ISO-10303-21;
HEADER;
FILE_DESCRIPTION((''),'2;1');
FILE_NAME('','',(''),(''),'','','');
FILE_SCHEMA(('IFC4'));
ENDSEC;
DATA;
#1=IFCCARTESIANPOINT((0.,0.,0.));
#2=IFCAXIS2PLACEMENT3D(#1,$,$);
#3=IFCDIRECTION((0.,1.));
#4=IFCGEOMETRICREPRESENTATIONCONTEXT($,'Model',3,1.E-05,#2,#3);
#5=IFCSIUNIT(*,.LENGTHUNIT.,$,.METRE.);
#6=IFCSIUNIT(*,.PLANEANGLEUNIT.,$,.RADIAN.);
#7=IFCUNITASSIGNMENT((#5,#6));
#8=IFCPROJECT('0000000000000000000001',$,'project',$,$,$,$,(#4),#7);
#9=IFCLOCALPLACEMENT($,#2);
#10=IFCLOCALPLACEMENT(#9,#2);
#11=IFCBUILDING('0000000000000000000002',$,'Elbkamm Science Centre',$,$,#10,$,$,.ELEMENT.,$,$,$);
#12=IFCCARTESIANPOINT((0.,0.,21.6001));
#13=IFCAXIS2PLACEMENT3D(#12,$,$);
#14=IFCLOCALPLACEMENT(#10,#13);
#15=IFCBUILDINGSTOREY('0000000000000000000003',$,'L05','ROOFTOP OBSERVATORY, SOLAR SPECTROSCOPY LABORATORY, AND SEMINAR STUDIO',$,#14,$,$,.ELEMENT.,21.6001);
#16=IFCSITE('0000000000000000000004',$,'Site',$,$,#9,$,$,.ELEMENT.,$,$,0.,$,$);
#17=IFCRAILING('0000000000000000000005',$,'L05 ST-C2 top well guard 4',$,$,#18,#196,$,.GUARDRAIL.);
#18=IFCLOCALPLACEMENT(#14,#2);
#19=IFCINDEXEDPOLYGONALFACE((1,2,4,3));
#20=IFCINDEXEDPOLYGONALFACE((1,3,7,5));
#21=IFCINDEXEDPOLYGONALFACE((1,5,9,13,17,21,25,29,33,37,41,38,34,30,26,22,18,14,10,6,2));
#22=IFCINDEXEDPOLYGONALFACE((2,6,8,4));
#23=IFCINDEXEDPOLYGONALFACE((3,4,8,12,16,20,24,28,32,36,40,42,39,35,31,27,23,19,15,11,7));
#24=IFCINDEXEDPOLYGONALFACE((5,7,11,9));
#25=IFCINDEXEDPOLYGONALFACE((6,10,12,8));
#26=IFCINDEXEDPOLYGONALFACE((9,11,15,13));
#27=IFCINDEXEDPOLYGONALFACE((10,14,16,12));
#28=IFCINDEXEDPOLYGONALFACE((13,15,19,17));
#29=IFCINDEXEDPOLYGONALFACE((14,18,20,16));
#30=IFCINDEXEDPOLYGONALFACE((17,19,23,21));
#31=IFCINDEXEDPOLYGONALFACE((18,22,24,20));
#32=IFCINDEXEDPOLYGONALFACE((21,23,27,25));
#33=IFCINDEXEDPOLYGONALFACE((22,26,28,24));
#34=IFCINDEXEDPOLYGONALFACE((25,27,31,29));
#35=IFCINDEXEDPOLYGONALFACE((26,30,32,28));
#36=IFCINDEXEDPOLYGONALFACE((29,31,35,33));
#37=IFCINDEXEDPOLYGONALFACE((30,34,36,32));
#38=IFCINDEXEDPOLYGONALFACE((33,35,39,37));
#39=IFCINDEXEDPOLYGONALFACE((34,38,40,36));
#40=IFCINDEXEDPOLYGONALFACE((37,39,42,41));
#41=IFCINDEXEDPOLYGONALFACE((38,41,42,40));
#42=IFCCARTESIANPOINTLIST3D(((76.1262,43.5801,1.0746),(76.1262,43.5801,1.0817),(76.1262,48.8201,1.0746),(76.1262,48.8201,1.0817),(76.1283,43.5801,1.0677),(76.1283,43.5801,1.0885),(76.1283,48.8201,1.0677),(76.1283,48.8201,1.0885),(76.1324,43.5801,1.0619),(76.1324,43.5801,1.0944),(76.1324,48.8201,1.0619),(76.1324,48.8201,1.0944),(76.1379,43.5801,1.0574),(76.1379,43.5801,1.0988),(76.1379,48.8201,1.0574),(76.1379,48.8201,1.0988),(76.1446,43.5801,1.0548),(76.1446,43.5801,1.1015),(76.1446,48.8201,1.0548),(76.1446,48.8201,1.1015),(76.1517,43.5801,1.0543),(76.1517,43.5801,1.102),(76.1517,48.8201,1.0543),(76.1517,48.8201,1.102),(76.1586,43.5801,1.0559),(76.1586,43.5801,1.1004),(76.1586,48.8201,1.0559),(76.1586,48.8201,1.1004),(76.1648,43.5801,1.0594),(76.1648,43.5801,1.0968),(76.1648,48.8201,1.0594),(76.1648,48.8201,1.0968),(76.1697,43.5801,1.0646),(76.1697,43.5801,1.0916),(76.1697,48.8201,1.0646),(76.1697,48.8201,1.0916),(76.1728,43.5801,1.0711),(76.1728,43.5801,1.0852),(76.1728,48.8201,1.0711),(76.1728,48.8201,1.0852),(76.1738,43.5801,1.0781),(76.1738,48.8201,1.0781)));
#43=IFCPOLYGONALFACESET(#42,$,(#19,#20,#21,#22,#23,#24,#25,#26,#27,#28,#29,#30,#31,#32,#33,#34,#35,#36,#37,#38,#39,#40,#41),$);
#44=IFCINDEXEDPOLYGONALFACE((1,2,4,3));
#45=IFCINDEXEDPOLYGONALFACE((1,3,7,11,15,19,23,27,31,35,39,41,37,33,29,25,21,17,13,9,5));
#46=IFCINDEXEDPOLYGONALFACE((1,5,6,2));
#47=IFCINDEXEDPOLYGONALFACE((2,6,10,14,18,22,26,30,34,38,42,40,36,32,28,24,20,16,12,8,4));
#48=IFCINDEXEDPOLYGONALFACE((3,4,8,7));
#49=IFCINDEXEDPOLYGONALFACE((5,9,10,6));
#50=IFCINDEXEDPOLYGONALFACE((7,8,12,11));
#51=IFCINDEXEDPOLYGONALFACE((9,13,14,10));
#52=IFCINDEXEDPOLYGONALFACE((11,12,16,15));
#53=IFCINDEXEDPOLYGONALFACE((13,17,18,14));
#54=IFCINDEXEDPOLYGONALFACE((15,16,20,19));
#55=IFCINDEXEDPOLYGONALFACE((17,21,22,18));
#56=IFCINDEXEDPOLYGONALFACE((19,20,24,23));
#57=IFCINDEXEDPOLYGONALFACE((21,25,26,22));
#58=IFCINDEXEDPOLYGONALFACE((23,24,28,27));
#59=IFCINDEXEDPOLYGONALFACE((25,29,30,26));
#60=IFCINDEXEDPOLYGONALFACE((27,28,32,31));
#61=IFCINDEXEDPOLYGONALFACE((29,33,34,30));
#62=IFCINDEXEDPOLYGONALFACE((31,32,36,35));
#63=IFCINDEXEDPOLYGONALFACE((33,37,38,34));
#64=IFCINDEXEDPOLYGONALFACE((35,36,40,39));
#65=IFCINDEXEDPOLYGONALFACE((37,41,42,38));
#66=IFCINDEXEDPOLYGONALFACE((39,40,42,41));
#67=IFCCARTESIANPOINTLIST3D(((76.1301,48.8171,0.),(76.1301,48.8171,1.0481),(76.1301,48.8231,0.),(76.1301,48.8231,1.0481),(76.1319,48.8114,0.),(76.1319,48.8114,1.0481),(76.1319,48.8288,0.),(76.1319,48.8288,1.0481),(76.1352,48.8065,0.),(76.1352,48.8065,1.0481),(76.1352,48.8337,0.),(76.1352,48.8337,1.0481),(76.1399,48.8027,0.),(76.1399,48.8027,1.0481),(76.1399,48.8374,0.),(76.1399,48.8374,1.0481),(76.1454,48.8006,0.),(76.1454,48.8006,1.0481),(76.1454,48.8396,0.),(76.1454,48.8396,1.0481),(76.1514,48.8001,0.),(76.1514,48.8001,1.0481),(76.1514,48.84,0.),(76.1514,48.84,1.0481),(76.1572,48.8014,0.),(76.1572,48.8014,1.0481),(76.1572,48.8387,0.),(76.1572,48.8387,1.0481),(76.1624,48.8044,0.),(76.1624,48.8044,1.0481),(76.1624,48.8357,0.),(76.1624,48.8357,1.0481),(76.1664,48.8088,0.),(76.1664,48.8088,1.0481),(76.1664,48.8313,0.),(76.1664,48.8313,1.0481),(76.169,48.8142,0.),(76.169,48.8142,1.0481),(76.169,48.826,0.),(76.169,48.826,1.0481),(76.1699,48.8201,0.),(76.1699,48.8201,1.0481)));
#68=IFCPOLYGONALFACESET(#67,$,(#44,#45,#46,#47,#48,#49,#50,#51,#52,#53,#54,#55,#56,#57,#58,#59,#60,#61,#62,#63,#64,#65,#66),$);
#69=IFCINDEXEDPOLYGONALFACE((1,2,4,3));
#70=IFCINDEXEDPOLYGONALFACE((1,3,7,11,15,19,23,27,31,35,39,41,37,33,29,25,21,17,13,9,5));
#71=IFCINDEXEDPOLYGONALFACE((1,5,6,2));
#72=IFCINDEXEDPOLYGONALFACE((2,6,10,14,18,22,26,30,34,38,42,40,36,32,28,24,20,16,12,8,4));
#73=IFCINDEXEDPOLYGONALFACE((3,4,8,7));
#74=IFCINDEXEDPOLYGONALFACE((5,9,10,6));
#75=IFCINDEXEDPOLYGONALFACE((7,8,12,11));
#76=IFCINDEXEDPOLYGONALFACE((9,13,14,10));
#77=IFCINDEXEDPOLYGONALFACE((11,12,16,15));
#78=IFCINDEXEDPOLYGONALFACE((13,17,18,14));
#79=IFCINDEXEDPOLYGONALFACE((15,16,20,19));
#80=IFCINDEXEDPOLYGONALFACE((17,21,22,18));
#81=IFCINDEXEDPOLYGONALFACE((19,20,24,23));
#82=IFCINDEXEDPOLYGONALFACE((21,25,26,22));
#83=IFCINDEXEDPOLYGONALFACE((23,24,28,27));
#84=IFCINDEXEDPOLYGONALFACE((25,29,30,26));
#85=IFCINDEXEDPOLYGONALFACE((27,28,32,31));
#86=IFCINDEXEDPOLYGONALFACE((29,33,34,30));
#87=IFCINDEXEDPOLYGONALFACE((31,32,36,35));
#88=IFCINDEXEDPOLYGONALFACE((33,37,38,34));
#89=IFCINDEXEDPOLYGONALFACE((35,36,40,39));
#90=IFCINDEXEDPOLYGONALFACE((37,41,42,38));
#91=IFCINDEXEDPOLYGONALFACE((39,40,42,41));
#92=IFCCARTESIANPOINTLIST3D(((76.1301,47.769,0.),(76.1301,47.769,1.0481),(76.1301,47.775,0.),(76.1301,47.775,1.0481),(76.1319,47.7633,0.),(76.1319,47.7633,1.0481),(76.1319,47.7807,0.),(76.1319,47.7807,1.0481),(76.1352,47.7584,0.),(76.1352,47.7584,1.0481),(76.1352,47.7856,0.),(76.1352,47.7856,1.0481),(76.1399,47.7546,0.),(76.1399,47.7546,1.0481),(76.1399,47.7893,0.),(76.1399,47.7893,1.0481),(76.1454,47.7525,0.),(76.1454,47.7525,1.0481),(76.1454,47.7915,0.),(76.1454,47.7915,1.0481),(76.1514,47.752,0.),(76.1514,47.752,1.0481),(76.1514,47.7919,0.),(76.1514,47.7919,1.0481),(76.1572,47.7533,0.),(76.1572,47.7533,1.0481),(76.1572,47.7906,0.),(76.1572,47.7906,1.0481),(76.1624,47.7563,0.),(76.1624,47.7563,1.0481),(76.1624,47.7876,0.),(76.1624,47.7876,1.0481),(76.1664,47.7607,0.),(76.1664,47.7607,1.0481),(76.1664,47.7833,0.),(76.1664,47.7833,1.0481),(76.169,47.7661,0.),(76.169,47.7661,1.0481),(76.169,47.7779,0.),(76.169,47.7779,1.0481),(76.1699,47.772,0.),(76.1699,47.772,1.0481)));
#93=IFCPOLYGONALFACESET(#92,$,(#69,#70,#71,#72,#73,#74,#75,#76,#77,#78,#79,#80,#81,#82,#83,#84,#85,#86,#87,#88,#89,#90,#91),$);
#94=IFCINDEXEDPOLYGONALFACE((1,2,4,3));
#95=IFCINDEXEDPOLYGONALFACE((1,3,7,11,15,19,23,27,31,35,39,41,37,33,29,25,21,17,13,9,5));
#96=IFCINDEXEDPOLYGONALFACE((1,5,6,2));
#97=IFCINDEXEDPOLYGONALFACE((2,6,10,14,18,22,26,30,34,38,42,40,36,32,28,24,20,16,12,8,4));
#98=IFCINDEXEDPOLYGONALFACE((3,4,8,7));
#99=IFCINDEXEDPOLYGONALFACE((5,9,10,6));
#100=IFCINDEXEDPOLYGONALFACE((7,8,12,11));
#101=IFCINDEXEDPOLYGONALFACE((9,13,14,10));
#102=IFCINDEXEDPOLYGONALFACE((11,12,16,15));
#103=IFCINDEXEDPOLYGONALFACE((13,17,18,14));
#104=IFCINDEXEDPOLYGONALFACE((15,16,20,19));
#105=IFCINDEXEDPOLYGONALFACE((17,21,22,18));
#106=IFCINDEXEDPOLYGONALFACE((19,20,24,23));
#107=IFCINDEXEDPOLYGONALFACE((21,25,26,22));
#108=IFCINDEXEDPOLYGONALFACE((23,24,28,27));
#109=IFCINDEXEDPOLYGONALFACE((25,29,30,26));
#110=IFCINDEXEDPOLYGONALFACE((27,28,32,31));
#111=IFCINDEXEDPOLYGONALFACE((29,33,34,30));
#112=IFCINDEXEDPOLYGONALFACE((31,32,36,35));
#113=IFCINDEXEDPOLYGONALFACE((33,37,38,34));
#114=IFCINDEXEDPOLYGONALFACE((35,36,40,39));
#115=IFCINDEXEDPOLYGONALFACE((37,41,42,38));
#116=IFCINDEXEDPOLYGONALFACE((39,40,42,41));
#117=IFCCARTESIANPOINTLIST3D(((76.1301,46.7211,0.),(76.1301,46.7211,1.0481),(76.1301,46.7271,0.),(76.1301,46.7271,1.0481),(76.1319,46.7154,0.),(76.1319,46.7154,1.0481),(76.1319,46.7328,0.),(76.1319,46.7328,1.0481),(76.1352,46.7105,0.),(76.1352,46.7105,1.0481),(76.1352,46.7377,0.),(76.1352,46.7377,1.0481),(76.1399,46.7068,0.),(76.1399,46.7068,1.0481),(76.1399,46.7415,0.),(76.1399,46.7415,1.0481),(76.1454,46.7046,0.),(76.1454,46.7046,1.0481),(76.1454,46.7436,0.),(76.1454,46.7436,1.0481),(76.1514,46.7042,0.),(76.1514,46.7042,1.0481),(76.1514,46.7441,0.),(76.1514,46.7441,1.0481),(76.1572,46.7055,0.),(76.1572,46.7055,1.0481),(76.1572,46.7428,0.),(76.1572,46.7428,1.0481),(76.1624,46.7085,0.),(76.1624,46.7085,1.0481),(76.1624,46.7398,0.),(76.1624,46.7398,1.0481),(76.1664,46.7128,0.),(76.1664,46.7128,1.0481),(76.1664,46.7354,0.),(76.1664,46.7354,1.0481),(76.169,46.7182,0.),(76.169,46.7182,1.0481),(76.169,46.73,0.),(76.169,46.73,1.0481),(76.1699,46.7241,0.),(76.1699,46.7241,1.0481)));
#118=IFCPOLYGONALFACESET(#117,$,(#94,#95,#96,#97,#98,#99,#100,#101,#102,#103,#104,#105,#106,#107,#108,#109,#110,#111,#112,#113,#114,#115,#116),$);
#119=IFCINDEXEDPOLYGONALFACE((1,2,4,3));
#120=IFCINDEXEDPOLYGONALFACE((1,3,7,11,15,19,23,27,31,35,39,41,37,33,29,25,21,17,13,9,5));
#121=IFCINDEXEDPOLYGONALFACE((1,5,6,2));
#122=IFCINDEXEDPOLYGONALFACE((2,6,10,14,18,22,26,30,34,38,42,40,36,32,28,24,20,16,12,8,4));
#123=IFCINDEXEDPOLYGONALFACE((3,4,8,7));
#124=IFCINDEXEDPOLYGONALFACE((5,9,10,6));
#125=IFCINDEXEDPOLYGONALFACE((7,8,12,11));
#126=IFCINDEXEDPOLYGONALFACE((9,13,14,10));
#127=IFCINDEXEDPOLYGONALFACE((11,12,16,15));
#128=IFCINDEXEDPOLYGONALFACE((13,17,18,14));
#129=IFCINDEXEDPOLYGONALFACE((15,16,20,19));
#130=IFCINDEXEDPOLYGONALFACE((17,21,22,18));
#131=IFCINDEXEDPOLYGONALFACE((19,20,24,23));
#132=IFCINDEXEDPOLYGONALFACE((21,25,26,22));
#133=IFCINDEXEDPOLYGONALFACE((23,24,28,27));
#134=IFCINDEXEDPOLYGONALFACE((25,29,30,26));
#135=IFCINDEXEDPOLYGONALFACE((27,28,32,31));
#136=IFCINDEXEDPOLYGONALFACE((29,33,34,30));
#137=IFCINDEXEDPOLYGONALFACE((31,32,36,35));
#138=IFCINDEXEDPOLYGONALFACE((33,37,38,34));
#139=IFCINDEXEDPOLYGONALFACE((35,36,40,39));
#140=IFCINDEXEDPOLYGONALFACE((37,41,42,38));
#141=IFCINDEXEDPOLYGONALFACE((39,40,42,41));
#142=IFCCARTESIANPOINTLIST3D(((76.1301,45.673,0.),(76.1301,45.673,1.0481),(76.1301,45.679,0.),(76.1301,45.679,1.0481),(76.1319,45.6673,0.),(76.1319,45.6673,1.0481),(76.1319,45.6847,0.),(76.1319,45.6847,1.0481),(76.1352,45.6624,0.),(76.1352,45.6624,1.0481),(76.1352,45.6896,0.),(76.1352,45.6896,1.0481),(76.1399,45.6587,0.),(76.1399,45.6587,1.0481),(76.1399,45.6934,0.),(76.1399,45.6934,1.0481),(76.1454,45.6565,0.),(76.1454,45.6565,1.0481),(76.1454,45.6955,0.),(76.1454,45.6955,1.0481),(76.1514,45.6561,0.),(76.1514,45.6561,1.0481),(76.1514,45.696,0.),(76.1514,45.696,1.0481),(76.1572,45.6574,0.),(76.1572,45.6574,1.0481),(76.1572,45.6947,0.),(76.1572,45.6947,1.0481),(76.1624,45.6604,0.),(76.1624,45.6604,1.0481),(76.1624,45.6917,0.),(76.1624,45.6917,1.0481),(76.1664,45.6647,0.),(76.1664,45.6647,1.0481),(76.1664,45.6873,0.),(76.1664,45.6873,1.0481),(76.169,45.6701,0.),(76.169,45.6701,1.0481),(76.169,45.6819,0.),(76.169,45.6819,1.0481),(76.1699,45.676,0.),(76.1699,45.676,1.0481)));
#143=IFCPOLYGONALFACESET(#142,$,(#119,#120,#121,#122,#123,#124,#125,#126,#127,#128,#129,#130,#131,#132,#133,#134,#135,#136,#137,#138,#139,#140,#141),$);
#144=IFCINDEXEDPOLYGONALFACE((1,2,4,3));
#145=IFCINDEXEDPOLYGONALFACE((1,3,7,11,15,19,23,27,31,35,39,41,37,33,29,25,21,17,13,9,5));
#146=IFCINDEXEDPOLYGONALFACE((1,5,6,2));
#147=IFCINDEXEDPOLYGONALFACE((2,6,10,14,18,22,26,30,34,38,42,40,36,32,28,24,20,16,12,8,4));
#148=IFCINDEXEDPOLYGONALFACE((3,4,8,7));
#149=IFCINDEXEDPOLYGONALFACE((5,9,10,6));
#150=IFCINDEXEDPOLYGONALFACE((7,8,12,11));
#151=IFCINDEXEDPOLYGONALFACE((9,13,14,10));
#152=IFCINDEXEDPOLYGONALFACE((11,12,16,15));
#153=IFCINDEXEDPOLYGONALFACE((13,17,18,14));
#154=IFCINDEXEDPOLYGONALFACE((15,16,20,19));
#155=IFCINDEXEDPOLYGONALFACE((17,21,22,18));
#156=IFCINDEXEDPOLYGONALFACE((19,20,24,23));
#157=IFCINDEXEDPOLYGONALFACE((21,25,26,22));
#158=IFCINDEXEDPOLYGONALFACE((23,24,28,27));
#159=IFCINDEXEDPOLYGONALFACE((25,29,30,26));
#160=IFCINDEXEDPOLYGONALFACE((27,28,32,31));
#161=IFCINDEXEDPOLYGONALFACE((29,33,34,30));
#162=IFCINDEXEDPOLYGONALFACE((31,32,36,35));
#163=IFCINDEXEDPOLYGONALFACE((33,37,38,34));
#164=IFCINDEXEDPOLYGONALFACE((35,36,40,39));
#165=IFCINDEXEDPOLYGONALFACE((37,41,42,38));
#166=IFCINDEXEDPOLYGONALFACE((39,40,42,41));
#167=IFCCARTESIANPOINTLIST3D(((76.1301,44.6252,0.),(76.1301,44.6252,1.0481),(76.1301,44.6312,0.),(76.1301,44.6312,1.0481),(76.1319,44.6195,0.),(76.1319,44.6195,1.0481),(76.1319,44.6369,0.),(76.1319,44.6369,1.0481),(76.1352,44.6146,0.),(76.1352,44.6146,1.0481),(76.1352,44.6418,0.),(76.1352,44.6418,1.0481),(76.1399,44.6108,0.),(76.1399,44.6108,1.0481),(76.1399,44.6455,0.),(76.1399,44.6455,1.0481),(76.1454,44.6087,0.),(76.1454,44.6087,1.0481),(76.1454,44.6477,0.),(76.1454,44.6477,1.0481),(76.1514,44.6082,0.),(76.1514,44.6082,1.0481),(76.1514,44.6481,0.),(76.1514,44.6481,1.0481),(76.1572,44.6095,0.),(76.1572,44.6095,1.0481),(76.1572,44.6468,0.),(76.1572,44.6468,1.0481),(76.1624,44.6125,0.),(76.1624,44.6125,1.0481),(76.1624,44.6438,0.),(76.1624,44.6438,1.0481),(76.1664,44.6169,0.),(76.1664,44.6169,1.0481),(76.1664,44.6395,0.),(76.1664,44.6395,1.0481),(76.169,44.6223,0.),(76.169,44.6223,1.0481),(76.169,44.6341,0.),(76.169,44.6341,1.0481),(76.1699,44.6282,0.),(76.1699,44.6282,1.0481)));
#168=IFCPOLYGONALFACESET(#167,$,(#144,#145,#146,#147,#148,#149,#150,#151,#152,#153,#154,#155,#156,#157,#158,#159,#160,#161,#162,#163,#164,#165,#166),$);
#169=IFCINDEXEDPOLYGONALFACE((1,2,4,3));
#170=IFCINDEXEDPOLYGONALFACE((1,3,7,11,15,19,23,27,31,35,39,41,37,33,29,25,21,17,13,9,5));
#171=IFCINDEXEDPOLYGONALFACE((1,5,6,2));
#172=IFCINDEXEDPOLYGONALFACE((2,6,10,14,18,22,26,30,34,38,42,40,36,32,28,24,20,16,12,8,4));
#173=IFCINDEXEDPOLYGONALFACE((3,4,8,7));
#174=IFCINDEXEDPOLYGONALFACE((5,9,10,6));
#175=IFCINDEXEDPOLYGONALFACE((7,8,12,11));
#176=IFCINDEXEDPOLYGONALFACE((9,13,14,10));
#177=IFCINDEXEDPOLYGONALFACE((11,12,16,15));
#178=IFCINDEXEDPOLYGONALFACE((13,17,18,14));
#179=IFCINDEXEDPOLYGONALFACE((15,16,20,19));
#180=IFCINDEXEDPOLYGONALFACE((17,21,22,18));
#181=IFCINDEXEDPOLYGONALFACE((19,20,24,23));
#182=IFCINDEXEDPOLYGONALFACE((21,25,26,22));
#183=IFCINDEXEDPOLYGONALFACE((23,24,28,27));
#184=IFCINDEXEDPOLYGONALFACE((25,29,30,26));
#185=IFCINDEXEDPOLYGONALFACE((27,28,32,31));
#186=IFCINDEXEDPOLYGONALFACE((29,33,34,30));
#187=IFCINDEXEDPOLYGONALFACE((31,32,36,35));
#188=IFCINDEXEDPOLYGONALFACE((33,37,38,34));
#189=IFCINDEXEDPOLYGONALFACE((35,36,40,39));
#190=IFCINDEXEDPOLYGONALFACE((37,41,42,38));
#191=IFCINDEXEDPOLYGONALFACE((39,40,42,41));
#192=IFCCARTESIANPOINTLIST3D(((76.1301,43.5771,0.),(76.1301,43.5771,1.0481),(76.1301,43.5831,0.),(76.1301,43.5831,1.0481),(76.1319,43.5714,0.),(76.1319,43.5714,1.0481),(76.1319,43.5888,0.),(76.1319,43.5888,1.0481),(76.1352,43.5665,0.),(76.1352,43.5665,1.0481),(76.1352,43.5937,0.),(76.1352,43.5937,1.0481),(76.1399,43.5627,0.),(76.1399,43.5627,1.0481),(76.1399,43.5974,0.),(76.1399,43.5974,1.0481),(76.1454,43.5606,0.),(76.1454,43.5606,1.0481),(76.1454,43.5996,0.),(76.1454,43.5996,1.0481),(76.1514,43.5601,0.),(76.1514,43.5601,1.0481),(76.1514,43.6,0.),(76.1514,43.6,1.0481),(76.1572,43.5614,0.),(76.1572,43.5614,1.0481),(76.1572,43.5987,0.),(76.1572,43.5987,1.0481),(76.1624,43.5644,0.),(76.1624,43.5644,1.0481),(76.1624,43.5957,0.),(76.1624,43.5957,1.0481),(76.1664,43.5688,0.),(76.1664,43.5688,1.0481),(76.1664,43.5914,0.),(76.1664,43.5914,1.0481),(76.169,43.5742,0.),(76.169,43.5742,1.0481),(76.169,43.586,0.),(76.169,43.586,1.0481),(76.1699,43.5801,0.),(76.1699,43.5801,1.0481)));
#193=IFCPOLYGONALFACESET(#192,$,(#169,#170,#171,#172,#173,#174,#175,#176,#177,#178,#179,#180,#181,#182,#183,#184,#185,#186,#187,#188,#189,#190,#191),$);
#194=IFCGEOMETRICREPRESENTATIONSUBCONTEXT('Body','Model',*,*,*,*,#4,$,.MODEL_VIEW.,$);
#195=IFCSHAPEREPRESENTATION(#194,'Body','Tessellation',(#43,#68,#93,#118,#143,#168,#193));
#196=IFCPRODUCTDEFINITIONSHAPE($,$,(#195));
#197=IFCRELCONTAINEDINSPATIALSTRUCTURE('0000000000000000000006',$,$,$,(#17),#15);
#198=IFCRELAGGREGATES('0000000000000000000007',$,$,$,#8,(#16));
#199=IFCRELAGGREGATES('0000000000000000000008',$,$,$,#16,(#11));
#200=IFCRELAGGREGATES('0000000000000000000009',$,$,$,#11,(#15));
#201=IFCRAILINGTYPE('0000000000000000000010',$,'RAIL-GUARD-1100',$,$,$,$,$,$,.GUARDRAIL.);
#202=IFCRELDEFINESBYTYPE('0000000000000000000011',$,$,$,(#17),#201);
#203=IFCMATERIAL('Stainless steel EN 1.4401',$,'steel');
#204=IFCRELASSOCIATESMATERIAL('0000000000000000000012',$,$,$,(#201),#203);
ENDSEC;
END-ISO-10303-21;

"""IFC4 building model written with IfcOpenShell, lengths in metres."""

from ifc_helpers import new_model, si_unit, direction, frame, origin, origin_2d, place, context, subcontext, project, spatial, circle, extrude, material, type_object, element, save


model = new_model("IFC4")

# Units and contexts
model_context = context("Model", 3, precision=1e-05, world=origin(), true_north=direction((0.0, 1.0)))
body_context = subcontext(model_context, "Body", "Model", "MODEL_VIEW")
ifc_project = project(units=[si_unit("LENGTHUNIT", "METRE"), si_unit("PLANEANGLEUNIT", "RADIAN")], contexts=[model_context])

# Site, building, storey
site_placement = place(None, origin())
site = spatial("IfcSite", under=ifc_project, at=site_placement, Name="Site", CompositionType="ELEMENT", RefElevation=0.0)
building_placement = place(site_placement, origin())
building = spatial("IfcBuilding", under=site, at=building_placement, Name="Elbkamm Science Centre", CompositionType="ELEMENT")
storey_placement = place(building_placement, frame((0.0, 0.0, 21.6001)))
storey = spatial("IfcBuildingStorey", under=building, at=storey_placement, Name="L05", Description="ROOFTOP OBSERVATORY, SOLAR SPECTROSCOPY LABORATORY, AND SEMINAR STUDIO", CompositionType="ELEMENT", Elevation=21.6001)

# Railing
ifc_material_1 = material(Name="Stainless steel EN 1.4401", Category="steel")
railing_type_1 = type_object("IfcRailingType", Name="RAIL-GUARD-1100", PredefinedType="GUARDRAIL", material=ifc_material_1)
railing_1_placement = place(storey_placement, frame((76.1499, 48.8201, 0.0)))
element("IfcRailing", 1, at=railing_1_placement, inside=storey, type_object=railing_type_1, Name="L05 ST-C2 top well guard 4", PredefinedType="GUARDRAIL", context=body_context, shape_type="SweptSolid", body=[
    extrude(circle(Radius=0.0239, at=origin_2d()), frame((0.0, 0.0, 1.0781), z_axis=(0.0, -1.0, 0.0), x_axis=(1.0, 0.0, 0.0)), (0.0, 0.0, 1.0), 5.24),
    extrude(circle(Radius=0.02, at=origin_2d()), origin(), (0.0, 0.0, 1.0), 1.0481),
    extrude(circle(Radius=0.02, at=origin_2d()), frame((0.0, -1.0481, 0.0)), (0.0, 0.0, 1.0), 1.0481),
    extrude(circle(Radius=0.02, at=origin_2d()), frame((0.0, -2.0959, 0.0)), (0.0, 0.0, 1.0), 1.0481),
    extrude(circle(Radius=0.02, at=origin_2d()), frame((0.0, -3.144, 0.0)), (0.0, 0.0, 1.0), 1.0481),
    extrude(circle(Radius=0.02, at=origin_2d()), frame((0.0, -4.1919, 0.0)), (0.0, 0.0, 1.0), 1.0481),
    extrude(circle(Radius=0.02, at=origin_2d()), frame((0.0, -5.24, 0.0)), (0.0, 0.0, 1.0), 1.0481),
])

save(model, "model.ifc")
